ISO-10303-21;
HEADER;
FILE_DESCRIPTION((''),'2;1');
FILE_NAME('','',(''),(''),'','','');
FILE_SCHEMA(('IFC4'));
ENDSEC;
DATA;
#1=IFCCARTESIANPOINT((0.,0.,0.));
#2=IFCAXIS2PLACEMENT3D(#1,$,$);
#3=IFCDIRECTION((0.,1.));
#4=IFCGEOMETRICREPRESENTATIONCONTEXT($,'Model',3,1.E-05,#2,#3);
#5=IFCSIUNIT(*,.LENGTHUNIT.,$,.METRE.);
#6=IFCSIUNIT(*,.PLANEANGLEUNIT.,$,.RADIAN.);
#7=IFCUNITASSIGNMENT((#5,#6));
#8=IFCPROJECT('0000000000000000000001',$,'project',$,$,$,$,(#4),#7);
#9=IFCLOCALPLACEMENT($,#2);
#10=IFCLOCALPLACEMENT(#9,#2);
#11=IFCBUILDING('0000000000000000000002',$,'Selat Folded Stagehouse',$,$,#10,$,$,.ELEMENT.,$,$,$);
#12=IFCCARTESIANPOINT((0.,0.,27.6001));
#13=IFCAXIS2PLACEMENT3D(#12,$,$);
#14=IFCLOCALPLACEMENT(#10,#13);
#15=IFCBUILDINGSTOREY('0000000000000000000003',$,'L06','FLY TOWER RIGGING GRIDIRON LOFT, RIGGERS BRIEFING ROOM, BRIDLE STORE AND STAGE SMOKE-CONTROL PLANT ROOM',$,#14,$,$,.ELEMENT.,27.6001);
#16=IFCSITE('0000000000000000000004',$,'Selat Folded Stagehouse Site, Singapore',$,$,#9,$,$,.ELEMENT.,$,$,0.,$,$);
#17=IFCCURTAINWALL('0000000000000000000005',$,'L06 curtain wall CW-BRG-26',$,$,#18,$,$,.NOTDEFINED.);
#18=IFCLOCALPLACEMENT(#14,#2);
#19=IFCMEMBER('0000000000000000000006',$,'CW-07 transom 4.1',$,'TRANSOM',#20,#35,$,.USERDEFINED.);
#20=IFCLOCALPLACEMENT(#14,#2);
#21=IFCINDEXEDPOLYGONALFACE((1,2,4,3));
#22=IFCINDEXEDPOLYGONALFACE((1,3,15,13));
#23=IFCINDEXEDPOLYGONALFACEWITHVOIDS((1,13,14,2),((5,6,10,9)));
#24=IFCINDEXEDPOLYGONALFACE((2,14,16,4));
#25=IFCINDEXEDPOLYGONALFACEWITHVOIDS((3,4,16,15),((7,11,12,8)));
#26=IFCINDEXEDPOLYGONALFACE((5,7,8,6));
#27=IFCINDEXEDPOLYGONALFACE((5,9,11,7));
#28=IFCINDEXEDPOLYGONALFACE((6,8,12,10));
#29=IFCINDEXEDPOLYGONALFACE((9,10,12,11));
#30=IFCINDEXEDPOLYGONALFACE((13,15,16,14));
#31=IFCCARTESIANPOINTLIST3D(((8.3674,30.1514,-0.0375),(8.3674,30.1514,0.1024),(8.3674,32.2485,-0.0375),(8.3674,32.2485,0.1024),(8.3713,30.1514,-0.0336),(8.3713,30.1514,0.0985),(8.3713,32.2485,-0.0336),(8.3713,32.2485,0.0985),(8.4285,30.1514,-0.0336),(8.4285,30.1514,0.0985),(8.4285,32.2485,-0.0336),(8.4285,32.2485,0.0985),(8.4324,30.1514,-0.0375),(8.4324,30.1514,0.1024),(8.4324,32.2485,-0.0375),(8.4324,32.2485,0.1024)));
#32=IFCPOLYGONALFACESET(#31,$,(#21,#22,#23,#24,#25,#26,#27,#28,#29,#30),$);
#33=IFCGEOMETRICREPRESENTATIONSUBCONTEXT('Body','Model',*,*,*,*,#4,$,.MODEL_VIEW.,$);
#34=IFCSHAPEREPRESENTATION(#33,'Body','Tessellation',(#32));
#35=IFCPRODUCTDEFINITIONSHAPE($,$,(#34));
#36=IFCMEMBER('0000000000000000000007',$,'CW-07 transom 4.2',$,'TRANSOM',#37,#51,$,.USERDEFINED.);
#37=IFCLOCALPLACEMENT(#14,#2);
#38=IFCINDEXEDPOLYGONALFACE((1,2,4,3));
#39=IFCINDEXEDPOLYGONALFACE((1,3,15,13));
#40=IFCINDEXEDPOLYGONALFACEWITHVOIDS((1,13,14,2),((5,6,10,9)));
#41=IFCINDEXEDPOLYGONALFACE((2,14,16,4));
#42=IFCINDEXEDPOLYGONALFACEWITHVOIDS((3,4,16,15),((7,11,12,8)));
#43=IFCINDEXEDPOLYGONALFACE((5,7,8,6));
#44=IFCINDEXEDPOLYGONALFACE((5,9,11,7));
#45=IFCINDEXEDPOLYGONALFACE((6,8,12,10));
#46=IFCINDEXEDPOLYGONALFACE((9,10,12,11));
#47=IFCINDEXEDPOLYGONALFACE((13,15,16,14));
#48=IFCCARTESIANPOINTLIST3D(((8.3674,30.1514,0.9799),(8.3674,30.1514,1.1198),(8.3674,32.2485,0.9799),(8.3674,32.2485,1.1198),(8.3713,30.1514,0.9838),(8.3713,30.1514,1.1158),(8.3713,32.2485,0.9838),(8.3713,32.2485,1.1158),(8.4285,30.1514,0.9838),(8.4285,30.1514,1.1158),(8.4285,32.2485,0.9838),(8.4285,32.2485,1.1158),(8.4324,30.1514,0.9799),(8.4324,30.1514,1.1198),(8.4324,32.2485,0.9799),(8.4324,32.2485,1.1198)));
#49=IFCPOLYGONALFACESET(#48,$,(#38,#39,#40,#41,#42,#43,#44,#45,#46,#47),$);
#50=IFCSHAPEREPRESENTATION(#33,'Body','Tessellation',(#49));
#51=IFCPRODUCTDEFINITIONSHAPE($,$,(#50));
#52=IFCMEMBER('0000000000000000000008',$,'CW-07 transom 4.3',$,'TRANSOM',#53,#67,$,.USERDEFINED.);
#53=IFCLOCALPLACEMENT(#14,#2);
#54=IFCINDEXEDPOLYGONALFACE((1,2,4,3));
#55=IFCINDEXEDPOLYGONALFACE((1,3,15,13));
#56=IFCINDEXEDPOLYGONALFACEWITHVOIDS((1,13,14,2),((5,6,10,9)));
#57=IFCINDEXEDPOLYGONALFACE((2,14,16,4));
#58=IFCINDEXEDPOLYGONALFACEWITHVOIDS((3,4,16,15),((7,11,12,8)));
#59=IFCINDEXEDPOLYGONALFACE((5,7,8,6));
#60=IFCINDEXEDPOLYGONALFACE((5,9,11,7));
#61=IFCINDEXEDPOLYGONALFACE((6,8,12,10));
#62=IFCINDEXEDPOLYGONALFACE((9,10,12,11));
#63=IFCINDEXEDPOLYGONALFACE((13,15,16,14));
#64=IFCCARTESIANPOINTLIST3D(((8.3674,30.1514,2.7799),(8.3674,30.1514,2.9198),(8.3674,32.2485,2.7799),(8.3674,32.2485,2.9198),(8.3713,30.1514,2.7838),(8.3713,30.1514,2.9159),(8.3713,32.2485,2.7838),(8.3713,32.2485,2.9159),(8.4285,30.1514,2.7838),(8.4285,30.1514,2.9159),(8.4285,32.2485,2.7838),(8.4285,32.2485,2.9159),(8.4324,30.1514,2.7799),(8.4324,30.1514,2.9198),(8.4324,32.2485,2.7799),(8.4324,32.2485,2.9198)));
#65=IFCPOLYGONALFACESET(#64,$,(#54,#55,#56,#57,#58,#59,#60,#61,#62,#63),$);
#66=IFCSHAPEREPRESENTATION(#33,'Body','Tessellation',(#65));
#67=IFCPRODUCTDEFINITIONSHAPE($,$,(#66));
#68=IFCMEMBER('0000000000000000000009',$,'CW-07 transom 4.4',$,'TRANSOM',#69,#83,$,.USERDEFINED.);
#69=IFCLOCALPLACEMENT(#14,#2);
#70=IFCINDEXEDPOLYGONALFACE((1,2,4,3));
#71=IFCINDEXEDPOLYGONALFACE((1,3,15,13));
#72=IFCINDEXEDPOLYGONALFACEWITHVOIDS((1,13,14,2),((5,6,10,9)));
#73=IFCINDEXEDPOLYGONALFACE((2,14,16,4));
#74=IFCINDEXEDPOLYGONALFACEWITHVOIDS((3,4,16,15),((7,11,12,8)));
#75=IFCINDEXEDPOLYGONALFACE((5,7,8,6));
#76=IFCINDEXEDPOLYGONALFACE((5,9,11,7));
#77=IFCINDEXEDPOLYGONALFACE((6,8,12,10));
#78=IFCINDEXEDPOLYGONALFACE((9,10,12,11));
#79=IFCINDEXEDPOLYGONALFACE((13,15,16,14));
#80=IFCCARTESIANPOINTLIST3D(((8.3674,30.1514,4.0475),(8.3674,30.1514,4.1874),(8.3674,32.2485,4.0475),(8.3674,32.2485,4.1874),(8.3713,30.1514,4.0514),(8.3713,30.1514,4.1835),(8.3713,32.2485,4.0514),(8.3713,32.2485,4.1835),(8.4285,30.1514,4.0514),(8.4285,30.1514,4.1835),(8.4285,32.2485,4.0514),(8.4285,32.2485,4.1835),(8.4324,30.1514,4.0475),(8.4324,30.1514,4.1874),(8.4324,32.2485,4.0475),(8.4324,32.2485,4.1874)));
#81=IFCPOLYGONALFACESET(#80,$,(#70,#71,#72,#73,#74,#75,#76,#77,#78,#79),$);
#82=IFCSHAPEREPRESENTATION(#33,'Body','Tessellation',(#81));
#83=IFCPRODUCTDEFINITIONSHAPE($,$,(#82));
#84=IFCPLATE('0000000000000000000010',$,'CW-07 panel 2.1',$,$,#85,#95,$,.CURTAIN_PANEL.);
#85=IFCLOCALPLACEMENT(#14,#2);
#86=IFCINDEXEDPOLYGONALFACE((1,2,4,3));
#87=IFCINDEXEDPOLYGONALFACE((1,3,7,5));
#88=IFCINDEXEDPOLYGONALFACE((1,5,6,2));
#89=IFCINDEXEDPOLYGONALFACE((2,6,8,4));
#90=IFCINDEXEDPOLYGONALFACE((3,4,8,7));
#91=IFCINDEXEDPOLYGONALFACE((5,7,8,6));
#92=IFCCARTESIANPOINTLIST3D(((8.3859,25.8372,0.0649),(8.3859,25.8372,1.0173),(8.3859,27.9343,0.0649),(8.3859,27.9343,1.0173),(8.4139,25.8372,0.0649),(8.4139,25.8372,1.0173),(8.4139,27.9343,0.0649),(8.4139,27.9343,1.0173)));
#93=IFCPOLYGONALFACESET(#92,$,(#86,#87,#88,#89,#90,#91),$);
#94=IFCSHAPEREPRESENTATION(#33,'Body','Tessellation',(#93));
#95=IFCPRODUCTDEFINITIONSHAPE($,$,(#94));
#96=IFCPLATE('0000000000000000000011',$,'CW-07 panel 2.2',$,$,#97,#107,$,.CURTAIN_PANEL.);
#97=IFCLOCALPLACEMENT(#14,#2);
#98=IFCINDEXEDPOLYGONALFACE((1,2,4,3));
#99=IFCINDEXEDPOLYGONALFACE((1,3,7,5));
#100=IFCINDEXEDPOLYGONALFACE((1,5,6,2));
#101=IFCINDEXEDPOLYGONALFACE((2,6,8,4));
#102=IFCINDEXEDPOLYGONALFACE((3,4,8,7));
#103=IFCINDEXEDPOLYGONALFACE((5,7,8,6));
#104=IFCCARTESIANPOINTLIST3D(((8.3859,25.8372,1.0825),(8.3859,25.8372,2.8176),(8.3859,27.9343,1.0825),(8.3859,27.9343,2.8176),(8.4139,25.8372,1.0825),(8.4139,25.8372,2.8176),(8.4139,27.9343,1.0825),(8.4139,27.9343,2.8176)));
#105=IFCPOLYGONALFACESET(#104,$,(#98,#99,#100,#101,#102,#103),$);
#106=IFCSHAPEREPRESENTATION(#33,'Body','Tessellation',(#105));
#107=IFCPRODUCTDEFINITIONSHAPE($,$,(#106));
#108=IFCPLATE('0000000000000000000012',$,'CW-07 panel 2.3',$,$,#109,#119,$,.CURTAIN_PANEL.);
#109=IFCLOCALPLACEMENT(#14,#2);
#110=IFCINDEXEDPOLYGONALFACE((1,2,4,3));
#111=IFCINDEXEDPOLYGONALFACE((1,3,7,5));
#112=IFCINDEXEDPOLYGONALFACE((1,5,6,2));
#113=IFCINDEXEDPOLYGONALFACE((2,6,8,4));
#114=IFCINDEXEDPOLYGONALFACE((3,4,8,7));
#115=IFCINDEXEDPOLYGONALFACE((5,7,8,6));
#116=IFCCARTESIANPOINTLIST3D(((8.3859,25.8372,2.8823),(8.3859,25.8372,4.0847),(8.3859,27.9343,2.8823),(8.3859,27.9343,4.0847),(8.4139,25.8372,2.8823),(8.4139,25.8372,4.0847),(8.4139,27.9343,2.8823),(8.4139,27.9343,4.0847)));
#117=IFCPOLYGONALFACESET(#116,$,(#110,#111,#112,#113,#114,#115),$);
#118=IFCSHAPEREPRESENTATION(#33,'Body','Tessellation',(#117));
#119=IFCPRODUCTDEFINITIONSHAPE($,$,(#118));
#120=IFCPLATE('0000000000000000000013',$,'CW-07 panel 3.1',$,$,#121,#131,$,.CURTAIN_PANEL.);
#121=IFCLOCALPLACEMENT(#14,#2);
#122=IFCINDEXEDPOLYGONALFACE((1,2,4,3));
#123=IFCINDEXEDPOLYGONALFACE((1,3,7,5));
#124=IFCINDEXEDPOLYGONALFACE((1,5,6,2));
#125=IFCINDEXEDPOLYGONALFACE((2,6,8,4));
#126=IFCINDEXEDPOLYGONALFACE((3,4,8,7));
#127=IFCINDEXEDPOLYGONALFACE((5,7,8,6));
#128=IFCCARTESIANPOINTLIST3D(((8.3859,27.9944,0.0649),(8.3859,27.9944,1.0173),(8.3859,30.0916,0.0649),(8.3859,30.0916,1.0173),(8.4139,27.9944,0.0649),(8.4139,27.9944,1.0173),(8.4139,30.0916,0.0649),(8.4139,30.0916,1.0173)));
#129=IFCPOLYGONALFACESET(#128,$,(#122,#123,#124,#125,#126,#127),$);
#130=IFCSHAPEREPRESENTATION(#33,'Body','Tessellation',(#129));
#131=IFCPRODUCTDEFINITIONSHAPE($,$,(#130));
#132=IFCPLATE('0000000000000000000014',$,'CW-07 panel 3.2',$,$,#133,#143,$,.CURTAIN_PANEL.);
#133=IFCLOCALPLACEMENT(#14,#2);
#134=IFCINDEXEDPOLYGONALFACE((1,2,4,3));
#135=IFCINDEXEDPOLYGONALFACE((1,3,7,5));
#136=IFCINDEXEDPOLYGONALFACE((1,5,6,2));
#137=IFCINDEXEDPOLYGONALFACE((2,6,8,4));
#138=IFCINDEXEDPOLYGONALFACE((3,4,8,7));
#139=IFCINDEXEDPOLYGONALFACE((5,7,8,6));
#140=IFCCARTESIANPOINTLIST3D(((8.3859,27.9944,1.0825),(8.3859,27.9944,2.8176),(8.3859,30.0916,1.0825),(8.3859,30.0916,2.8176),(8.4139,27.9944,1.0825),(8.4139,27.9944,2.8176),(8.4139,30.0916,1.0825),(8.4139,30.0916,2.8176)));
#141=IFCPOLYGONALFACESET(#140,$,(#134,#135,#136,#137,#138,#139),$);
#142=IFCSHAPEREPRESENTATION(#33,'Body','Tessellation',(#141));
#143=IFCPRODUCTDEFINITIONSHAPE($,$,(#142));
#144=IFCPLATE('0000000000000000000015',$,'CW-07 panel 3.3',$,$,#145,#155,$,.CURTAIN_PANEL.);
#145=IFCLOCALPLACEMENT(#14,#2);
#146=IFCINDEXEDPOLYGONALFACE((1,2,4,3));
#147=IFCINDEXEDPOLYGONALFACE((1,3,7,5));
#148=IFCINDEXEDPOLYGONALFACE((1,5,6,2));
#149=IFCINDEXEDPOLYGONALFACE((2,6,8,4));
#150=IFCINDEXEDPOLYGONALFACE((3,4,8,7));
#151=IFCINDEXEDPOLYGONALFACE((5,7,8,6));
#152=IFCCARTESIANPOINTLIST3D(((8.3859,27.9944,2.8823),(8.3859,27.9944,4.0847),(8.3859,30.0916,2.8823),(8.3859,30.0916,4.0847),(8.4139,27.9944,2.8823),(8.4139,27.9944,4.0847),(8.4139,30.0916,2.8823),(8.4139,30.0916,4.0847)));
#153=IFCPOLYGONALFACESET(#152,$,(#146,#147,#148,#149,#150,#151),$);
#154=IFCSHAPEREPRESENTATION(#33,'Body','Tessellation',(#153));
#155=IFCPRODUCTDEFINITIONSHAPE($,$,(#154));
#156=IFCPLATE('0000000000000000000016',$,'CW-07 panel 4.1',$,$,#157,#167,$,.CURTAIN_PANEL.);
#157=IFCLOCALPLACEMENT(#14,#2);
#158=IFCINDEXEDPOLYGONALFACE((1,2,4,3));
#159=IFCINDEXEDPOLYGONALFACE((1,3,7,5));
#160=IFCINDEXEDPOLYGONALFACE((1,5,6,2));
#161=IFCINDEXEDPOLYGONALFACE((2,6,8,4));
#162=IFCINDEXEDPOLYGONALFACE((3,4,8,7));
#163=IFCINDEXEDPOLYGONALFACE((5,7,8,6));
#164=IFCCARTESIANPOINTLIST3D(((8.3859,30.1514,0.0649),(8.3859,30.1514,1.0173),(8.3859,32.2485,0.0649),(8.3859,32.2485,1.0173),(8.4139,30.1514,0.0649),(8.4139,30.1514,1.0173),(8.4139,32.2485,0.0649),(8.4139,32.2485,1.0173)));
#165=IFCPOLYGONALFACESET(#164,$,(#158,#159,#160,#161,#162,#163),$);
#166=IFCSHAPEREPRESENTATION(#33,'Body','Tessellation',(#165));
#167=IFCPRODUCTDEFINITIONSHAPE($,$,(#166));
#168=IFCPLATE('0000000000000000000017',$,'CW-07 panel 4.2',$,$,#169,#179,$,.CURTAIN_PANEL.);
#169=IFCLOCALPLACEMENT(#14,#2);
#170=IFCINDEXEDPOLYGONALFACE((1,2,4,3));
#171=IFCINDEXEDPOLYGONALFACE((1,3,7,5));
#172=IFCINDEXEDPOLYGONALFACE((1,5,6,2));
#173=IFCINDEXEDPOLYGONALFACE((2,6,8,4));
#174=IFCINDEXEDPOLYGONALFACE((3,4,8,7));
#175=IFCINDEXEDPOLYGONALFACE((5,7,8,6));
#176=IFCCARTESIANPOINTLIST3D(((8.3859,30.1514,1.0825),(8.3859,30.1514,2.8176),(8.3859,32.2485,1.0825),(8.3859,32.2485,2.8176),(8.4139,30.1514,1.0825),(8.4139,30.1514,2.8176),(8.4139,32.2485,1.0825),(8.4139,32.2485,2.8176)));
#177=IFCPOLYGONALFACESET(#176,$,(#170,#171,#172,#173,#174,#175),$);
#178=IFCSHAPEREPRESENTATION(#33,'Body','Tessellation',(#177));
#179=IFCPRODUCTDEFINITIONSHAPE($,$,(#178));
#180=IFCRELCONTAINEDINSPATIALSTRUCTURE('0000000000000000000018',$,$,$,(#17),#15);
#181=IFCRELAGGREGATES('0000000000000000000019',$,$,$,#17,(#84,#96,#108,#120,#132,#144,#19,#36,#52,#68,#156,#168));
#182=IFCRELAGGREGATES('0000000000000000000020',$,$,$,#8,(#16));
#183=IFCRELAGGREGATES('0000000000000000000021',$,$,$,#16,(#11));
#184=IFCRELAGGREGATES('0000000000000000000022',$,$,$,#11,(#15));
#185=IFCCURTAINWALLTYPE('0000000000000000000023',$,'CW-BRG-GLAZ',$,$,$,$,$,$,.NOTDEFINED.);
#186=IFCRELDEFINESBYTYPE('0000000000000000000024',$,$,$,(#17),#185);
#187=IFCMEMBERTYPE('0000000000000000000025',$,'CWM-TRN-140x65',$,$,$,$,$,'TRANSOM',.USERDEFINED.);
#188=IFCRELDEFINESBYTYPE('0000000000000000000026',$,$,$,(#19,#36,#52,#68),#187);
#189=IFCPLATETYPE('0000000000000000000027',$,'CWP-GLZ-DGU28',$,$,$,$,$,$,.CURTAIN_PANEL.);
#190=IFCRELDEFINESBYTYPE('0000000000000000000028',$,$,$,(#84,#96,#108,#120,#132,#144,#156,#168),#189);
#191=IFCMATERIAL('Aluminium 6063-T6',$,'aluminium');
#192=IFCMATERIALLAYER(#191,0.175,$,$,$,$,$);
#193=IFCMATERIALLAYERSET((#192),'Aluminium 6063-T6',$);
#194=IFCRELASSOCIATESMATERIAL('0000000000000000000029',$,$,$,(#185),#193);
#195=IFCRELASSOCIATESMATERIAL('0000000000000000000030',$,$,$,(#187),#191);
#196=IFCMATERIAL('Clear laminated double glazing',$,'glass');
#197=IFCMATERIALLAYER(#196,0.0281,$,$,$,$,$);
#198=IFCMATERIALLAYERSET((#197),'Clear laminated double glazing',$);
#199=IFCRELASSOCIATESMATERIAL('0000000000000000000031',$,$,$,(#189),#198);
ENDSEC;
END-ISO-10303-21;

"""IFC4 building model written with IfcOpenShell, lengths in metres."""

from ifc_helpers import new_model, si_unit, direction, frame, origin, origin_2d, place, context, subcontext, project, spatial, rectangle, hollow_rectangle, extrude, material, layer, layer_set, material_profile, profile_set, type_object, element, aggregate, save


model = new_model("IFC4")

# Units and contexts
model_context = context("Model", 3, precision=1e-05, world=origin(), true_north=direction((0.0, 1.0)))
body_context = subcontext(model_context, "Body", "Model", "MODEL_VIEW")
ifc_project = project(units=[si_unit("LENGTHUNIT", "METRE"), si_unit("PLANEANGLEUNIT", "RADIAN")], contexts=[model_context])

# Site, building, storey
site_placement = place(None, origin())
site = spatial("IfcSite", under=ifc_project, at=site_placement, Name="Selat Folded Stagehouse Site, Singapore", CompositionType="ELEMENT", RefElevation=0.0)
building_placement = place(site_placement, origin())
building = spatial("IfcBuilding", under=site, at=building_placement, Name="Selat Folded Stagehouse", CompositionType="ELEMENT")
storey_placement = place(building_placement, frame((0.0, 0.0, 27.6001)))
storey = spatial("IfcBuildingStorey", under=building, at=storey_placement, Name="L06", Description="FLY TOWER RIGGING GRIDIRON LOFT, RIGGERS BRIEFING ROOM, BRIDLE STORE AND STAGE SMOKE-CONTROL PLANT ROOM", CompositionType="ELEMENT", Elevation=27.6001)

# Curtain wall, members, plates
ifc_material_1 = material(Name="Aluminium 6063-T6", Category="aluminium")
ifc_layer_1 = layer(ifc_material_1, 0.175)
ifc_layer_set_1 = layer_set([ifc_layer_1], Name="Aluminium 6063-T6")
curtain_wall_type = type_object("IfcCurtainWallType", Name="CW-BRG-GLAZ", PredefinedType="NOTDEFINED", material=ifc_layer_set_1)
curtain_wall_placement = place(storey_placement, origin())
curtain_wall = element("IfcCurtainWall", 1, at=curtain_wall_placement, inside=storey, type_object=curtain_wall_type, Name="L06 curtain wall CW-BRG-26", PredefinedType="NOTDEFINED")
ifc_material_profile_1 = material_profile(ifc_material_1, hollow_rectangle(XDim=0.0649, YDim=0.1399, WallThickness=0.0039, at=origin_2d()), Name="ALU 140x65x4.0")
ifc_profile_set_1 = profile_set([ifc_material_profile_1], Name="Aluminium 6063-T6")
member_type_1 = type_object("IfcMemberType", Name="CWM-TRN-140x65", ElementType="TRANSOM", PredefinedType="USERDEFINED", material=ifc_profile_set_1)
member_1_placement = place(storey_placement, frame((8.3999, 30.1514, 0.0325), z_axis=(0.0, 1.0, 0.0), x_axis=(-1.0, 0.0, 0.0)))
member_1 = element("IfcMember", 2, at=member_1_placement, type_object=member_type_1, Name="CW-07 transom 4.1", ObjectType="TRANSOM", PredefinedType="USERDEFINED", context=body_context, shape_type="SweptSolid", body=[
    extrude(hollow_rectangle(XDim=0.0649, YDim=0.1399, WallThickness=0.0039, at=origin_2d()), origin(), (0.0, 0.0, 1.0), 2.0972),
])
member_2_placement = place(storey_placement, frame((8.3999, 30.1514, 1.0498), z_axis=(0.0, 1.0, 0.0), x_axis=(-1.0, 0.0, 0.0)))
member_2 = element("IfcMember", 3, at=member_2_placement, type_object=member_type_1, Name="CW-07 transom 4.2", ObjectType="TRANSOM", PredefinedType="USERDEFINED", context=body_context, shape_type="SweptSolid", body=[
    extrude(hollow_rectangle(XDim=0.0649, YDim=0.1399, WallThickness=0.0039, at=origin_2d()), origin(), (0.0, 0.0, 1.0), 2.0972),
])
member_3_placement = place(storey_placement, frame((8.3999, 30.1514, 2.8499), z_axis=(0.0, 1.0, 0.0), x_axis=(-1.0, 0.0, 0.0)))
member_3 = element("IfcMember", 4, at=member_3_placement, type_object=member_type_1, Name="CW-07 transom 4.3", ObjectType="TRANSOM", PredefinedType="USERDEFINED", context=body_context, shape_type="SweptSolid", body=[
    extrude(hollow_rectangle(XDim=0.0649, YDim=0.1399, WallThickness=0.0039, at=origin_2d()), origin(), (0.0, 0.0, 1.0), 2.0972),
])
member_4_placement = place(storey_placement, frame((8.3999, 30.1514, 4.1174), z_axis=(0.0, 1.0, 0.0), x_axis=(-1.0, 0.0, 0.0)))
member_4 = element("IfcMember", 5, at=member_4_placement, type_object=member_type_1, Name="CW-07 transom 4.4", ObjectType="TRANSOM", PredefinedType="USERDEFINED", context=body_context, shape_type="SweptSolid", body=[
    extrude(hollow_rectangle(XDim=0.0649, YDim=0.1399, WallThickness=0.0039, at=origin_2d()), origin(), (0.0, 0.0, 1.0), 2.0972),
])
ifc_material_2 = material(Name="Clear laminated double glazing", Category="glass")
ifc_layer_2 = layer(ifc_material_2, 0.0281)
ifc_layer_set_2 = layer_set([ifc_layer_2], Name="Clear laminated double glazing")
plate_type = type_object("IfcPlateType", Name="CWP-GLZ-DGU28", PredefinedType="CURTAIN_PANEL", material=ifc_layer_set_2)
plate_1_placement = place(storey_placement, frame((8.3999, 26.8857, 0.0649), z_axis=(0.0, 0.0, 1.0), x_axis=(0.0, 1.0, 0.0)))
plate_1 = element("IfcPlate", 6, at=plate_1_placement, type_object=plate_type, Name="CW-07 panel 2.1", PredefinedType="CURTAIN_PANEL", context=body_context, shape_type="SweptSolid", body=[
    extrude(rectangle(XDim=2.0972, YDim=0.0281, at=origin_2d()), origin(), (0.0, 0.0, 1.0), 0.9524),
])
plate_2_placement = place(storey_placement, frame((8.3999, 26.8857, 1.0825), z_axis=(0.0, 0.0, 1.0), x_axis=(0.0, 1.0, 0.0)))
plate_2 = element("IfcPlate", 7, at=plate_2_placement, type_object=plate_type, Name="CW-07 panel 2.2", PredefinedType="CURTAIN_PANEL", context=body_context, shape_type="SweptSolid", body=[
    extrude(rectangle(XDim=2.0972, YDim=0.0281, at=origin_2d()), origin(), (0.0, 0.0, 1.0), 1.7351),
])
plate_3_placement = place(storey_placement, frame((8.3999, 26.8857, 2.8823), z_axis=(0.0, 0.0, 1.0), x_axis=(0.0, 1.0, 0.0)))
plate_3 = element("IfcPlate", 8, at=plate_3_placement, type_object=plate_type, Name="CW-07 panel 2.3", PredefinedType="CURTAIN_PANEL", context=body_context, shape_type="SweptSolid", body=[
    extrude(rectangle(XDim=2.0972, YDim=0.0281, at=origin_2d()), origin(), (0.0, 0.0, 1.0), 1.2024),
])
plate_4_placement = place(storey_placement, frame((8.3999, 29.043, 0.0649), z_axis=(0.0, 0.0, 1.0), x_axis=(0.0, 1.0, 0.0)))
plate_4 = element("IfcPlate", 9, at=plate_4_placement, type_object=plate_type, Name="CW-07 panel 3.1", PredefinedType="CURTAIN_PANEL", context=body_context, shape_type="SweptSolid", body=[
    extrude(rectangle(XDim=2.0972, YDim=0.0281, at=origin_2d()), origin(), (0.0, 0.0, 1.0), 0.9524),
])
plate_5_placement = place(storey_placement, frame((8.3999, 29.043, 1.0825), z_axis=(0.0, 0.0, 1.0), x_axis=(0.0, 1.0, 0.0)))
plate_5 = element("IfcPlate", 10, at=plate_5_placement, type_object=plate_type, Name="CW-07 panel 3.2", PredefinedType="CURTAIN_PANEL", context=body_context, shape_type="SweptSolid", body=[
    extrude(rectangle(XDim=2.0972, YDim=0.0281, at=origin_2d()), origin(), (0.0, 0.0, 1.0), 1.7351),
])
plate_6_placement = place(storey_placement, frame((8.3999, 29.043, 2.8823), z_axis=(0.0, 0.0, 1.0), x_axis=(0.0, 1.0, 0.0)))
plate_6 = element("IfcPlate", 11, at=plate_6_placement, type_object=plate_type, Name="CW-07 panel 3.3", PredefinedType="CURTAIN_PANEL", context=body_context, shape_type="SweptSolid", body=[
    extrude(rectangle(XDim=2.0972, YDim=0.0281, at=origin_2d()), origin(), (0.0, 0.0, 1.0), 1.2024),
])
plate_7_placement = place(storey_placement, frame((8.3999, 31.2, 0.0649), z_axis=(0.0, 0.0, 1.0), x_axis=(0.0, 1.0, 0.0)))
plate_7 = element("IfcPlate", 12, at=plate_7_placement, type_object=plate_type, Name="CW-07 panel 4.1", PredefinedType="CURTAIN_PANEL", context=body_context, shape_type="SweptSolid", body=[
    extrude(rectangle(XDim=2.0972, YDim=0.0281, at=origin_2d()), origin(), (0.0, 0.0, 1.0), 0.9524),
])
plate_8_placement = place(storey_placement, frame((8.3999, 31.2, 1.0825), z_axis=(0.0, 0.0, 1.0), x_axis=(0.0, 1.0, 0.0)))
plate_8 = element("IfcPlate", 13, at=plate_8_placement, type_object=plate_type, Name="CW-07 panel 4.2", PredefinedType="CURTAIN_PANEL", context=body_context, shape_type="SweptSolid", body=[
    extrude(rectangle(XDim=2.0972, YDim=0.0281, at=origin_2d()), origin(), (0.0, 0.0, 1.0), 1.7351),
])
aggregate(curtain_wall, [plate_1, plate_2, plate_3, plate_4, plate_5, plate_6, member_1, member_2, member_3, member_4, plate_7, plate_8])

save(model, "model.ifc")
